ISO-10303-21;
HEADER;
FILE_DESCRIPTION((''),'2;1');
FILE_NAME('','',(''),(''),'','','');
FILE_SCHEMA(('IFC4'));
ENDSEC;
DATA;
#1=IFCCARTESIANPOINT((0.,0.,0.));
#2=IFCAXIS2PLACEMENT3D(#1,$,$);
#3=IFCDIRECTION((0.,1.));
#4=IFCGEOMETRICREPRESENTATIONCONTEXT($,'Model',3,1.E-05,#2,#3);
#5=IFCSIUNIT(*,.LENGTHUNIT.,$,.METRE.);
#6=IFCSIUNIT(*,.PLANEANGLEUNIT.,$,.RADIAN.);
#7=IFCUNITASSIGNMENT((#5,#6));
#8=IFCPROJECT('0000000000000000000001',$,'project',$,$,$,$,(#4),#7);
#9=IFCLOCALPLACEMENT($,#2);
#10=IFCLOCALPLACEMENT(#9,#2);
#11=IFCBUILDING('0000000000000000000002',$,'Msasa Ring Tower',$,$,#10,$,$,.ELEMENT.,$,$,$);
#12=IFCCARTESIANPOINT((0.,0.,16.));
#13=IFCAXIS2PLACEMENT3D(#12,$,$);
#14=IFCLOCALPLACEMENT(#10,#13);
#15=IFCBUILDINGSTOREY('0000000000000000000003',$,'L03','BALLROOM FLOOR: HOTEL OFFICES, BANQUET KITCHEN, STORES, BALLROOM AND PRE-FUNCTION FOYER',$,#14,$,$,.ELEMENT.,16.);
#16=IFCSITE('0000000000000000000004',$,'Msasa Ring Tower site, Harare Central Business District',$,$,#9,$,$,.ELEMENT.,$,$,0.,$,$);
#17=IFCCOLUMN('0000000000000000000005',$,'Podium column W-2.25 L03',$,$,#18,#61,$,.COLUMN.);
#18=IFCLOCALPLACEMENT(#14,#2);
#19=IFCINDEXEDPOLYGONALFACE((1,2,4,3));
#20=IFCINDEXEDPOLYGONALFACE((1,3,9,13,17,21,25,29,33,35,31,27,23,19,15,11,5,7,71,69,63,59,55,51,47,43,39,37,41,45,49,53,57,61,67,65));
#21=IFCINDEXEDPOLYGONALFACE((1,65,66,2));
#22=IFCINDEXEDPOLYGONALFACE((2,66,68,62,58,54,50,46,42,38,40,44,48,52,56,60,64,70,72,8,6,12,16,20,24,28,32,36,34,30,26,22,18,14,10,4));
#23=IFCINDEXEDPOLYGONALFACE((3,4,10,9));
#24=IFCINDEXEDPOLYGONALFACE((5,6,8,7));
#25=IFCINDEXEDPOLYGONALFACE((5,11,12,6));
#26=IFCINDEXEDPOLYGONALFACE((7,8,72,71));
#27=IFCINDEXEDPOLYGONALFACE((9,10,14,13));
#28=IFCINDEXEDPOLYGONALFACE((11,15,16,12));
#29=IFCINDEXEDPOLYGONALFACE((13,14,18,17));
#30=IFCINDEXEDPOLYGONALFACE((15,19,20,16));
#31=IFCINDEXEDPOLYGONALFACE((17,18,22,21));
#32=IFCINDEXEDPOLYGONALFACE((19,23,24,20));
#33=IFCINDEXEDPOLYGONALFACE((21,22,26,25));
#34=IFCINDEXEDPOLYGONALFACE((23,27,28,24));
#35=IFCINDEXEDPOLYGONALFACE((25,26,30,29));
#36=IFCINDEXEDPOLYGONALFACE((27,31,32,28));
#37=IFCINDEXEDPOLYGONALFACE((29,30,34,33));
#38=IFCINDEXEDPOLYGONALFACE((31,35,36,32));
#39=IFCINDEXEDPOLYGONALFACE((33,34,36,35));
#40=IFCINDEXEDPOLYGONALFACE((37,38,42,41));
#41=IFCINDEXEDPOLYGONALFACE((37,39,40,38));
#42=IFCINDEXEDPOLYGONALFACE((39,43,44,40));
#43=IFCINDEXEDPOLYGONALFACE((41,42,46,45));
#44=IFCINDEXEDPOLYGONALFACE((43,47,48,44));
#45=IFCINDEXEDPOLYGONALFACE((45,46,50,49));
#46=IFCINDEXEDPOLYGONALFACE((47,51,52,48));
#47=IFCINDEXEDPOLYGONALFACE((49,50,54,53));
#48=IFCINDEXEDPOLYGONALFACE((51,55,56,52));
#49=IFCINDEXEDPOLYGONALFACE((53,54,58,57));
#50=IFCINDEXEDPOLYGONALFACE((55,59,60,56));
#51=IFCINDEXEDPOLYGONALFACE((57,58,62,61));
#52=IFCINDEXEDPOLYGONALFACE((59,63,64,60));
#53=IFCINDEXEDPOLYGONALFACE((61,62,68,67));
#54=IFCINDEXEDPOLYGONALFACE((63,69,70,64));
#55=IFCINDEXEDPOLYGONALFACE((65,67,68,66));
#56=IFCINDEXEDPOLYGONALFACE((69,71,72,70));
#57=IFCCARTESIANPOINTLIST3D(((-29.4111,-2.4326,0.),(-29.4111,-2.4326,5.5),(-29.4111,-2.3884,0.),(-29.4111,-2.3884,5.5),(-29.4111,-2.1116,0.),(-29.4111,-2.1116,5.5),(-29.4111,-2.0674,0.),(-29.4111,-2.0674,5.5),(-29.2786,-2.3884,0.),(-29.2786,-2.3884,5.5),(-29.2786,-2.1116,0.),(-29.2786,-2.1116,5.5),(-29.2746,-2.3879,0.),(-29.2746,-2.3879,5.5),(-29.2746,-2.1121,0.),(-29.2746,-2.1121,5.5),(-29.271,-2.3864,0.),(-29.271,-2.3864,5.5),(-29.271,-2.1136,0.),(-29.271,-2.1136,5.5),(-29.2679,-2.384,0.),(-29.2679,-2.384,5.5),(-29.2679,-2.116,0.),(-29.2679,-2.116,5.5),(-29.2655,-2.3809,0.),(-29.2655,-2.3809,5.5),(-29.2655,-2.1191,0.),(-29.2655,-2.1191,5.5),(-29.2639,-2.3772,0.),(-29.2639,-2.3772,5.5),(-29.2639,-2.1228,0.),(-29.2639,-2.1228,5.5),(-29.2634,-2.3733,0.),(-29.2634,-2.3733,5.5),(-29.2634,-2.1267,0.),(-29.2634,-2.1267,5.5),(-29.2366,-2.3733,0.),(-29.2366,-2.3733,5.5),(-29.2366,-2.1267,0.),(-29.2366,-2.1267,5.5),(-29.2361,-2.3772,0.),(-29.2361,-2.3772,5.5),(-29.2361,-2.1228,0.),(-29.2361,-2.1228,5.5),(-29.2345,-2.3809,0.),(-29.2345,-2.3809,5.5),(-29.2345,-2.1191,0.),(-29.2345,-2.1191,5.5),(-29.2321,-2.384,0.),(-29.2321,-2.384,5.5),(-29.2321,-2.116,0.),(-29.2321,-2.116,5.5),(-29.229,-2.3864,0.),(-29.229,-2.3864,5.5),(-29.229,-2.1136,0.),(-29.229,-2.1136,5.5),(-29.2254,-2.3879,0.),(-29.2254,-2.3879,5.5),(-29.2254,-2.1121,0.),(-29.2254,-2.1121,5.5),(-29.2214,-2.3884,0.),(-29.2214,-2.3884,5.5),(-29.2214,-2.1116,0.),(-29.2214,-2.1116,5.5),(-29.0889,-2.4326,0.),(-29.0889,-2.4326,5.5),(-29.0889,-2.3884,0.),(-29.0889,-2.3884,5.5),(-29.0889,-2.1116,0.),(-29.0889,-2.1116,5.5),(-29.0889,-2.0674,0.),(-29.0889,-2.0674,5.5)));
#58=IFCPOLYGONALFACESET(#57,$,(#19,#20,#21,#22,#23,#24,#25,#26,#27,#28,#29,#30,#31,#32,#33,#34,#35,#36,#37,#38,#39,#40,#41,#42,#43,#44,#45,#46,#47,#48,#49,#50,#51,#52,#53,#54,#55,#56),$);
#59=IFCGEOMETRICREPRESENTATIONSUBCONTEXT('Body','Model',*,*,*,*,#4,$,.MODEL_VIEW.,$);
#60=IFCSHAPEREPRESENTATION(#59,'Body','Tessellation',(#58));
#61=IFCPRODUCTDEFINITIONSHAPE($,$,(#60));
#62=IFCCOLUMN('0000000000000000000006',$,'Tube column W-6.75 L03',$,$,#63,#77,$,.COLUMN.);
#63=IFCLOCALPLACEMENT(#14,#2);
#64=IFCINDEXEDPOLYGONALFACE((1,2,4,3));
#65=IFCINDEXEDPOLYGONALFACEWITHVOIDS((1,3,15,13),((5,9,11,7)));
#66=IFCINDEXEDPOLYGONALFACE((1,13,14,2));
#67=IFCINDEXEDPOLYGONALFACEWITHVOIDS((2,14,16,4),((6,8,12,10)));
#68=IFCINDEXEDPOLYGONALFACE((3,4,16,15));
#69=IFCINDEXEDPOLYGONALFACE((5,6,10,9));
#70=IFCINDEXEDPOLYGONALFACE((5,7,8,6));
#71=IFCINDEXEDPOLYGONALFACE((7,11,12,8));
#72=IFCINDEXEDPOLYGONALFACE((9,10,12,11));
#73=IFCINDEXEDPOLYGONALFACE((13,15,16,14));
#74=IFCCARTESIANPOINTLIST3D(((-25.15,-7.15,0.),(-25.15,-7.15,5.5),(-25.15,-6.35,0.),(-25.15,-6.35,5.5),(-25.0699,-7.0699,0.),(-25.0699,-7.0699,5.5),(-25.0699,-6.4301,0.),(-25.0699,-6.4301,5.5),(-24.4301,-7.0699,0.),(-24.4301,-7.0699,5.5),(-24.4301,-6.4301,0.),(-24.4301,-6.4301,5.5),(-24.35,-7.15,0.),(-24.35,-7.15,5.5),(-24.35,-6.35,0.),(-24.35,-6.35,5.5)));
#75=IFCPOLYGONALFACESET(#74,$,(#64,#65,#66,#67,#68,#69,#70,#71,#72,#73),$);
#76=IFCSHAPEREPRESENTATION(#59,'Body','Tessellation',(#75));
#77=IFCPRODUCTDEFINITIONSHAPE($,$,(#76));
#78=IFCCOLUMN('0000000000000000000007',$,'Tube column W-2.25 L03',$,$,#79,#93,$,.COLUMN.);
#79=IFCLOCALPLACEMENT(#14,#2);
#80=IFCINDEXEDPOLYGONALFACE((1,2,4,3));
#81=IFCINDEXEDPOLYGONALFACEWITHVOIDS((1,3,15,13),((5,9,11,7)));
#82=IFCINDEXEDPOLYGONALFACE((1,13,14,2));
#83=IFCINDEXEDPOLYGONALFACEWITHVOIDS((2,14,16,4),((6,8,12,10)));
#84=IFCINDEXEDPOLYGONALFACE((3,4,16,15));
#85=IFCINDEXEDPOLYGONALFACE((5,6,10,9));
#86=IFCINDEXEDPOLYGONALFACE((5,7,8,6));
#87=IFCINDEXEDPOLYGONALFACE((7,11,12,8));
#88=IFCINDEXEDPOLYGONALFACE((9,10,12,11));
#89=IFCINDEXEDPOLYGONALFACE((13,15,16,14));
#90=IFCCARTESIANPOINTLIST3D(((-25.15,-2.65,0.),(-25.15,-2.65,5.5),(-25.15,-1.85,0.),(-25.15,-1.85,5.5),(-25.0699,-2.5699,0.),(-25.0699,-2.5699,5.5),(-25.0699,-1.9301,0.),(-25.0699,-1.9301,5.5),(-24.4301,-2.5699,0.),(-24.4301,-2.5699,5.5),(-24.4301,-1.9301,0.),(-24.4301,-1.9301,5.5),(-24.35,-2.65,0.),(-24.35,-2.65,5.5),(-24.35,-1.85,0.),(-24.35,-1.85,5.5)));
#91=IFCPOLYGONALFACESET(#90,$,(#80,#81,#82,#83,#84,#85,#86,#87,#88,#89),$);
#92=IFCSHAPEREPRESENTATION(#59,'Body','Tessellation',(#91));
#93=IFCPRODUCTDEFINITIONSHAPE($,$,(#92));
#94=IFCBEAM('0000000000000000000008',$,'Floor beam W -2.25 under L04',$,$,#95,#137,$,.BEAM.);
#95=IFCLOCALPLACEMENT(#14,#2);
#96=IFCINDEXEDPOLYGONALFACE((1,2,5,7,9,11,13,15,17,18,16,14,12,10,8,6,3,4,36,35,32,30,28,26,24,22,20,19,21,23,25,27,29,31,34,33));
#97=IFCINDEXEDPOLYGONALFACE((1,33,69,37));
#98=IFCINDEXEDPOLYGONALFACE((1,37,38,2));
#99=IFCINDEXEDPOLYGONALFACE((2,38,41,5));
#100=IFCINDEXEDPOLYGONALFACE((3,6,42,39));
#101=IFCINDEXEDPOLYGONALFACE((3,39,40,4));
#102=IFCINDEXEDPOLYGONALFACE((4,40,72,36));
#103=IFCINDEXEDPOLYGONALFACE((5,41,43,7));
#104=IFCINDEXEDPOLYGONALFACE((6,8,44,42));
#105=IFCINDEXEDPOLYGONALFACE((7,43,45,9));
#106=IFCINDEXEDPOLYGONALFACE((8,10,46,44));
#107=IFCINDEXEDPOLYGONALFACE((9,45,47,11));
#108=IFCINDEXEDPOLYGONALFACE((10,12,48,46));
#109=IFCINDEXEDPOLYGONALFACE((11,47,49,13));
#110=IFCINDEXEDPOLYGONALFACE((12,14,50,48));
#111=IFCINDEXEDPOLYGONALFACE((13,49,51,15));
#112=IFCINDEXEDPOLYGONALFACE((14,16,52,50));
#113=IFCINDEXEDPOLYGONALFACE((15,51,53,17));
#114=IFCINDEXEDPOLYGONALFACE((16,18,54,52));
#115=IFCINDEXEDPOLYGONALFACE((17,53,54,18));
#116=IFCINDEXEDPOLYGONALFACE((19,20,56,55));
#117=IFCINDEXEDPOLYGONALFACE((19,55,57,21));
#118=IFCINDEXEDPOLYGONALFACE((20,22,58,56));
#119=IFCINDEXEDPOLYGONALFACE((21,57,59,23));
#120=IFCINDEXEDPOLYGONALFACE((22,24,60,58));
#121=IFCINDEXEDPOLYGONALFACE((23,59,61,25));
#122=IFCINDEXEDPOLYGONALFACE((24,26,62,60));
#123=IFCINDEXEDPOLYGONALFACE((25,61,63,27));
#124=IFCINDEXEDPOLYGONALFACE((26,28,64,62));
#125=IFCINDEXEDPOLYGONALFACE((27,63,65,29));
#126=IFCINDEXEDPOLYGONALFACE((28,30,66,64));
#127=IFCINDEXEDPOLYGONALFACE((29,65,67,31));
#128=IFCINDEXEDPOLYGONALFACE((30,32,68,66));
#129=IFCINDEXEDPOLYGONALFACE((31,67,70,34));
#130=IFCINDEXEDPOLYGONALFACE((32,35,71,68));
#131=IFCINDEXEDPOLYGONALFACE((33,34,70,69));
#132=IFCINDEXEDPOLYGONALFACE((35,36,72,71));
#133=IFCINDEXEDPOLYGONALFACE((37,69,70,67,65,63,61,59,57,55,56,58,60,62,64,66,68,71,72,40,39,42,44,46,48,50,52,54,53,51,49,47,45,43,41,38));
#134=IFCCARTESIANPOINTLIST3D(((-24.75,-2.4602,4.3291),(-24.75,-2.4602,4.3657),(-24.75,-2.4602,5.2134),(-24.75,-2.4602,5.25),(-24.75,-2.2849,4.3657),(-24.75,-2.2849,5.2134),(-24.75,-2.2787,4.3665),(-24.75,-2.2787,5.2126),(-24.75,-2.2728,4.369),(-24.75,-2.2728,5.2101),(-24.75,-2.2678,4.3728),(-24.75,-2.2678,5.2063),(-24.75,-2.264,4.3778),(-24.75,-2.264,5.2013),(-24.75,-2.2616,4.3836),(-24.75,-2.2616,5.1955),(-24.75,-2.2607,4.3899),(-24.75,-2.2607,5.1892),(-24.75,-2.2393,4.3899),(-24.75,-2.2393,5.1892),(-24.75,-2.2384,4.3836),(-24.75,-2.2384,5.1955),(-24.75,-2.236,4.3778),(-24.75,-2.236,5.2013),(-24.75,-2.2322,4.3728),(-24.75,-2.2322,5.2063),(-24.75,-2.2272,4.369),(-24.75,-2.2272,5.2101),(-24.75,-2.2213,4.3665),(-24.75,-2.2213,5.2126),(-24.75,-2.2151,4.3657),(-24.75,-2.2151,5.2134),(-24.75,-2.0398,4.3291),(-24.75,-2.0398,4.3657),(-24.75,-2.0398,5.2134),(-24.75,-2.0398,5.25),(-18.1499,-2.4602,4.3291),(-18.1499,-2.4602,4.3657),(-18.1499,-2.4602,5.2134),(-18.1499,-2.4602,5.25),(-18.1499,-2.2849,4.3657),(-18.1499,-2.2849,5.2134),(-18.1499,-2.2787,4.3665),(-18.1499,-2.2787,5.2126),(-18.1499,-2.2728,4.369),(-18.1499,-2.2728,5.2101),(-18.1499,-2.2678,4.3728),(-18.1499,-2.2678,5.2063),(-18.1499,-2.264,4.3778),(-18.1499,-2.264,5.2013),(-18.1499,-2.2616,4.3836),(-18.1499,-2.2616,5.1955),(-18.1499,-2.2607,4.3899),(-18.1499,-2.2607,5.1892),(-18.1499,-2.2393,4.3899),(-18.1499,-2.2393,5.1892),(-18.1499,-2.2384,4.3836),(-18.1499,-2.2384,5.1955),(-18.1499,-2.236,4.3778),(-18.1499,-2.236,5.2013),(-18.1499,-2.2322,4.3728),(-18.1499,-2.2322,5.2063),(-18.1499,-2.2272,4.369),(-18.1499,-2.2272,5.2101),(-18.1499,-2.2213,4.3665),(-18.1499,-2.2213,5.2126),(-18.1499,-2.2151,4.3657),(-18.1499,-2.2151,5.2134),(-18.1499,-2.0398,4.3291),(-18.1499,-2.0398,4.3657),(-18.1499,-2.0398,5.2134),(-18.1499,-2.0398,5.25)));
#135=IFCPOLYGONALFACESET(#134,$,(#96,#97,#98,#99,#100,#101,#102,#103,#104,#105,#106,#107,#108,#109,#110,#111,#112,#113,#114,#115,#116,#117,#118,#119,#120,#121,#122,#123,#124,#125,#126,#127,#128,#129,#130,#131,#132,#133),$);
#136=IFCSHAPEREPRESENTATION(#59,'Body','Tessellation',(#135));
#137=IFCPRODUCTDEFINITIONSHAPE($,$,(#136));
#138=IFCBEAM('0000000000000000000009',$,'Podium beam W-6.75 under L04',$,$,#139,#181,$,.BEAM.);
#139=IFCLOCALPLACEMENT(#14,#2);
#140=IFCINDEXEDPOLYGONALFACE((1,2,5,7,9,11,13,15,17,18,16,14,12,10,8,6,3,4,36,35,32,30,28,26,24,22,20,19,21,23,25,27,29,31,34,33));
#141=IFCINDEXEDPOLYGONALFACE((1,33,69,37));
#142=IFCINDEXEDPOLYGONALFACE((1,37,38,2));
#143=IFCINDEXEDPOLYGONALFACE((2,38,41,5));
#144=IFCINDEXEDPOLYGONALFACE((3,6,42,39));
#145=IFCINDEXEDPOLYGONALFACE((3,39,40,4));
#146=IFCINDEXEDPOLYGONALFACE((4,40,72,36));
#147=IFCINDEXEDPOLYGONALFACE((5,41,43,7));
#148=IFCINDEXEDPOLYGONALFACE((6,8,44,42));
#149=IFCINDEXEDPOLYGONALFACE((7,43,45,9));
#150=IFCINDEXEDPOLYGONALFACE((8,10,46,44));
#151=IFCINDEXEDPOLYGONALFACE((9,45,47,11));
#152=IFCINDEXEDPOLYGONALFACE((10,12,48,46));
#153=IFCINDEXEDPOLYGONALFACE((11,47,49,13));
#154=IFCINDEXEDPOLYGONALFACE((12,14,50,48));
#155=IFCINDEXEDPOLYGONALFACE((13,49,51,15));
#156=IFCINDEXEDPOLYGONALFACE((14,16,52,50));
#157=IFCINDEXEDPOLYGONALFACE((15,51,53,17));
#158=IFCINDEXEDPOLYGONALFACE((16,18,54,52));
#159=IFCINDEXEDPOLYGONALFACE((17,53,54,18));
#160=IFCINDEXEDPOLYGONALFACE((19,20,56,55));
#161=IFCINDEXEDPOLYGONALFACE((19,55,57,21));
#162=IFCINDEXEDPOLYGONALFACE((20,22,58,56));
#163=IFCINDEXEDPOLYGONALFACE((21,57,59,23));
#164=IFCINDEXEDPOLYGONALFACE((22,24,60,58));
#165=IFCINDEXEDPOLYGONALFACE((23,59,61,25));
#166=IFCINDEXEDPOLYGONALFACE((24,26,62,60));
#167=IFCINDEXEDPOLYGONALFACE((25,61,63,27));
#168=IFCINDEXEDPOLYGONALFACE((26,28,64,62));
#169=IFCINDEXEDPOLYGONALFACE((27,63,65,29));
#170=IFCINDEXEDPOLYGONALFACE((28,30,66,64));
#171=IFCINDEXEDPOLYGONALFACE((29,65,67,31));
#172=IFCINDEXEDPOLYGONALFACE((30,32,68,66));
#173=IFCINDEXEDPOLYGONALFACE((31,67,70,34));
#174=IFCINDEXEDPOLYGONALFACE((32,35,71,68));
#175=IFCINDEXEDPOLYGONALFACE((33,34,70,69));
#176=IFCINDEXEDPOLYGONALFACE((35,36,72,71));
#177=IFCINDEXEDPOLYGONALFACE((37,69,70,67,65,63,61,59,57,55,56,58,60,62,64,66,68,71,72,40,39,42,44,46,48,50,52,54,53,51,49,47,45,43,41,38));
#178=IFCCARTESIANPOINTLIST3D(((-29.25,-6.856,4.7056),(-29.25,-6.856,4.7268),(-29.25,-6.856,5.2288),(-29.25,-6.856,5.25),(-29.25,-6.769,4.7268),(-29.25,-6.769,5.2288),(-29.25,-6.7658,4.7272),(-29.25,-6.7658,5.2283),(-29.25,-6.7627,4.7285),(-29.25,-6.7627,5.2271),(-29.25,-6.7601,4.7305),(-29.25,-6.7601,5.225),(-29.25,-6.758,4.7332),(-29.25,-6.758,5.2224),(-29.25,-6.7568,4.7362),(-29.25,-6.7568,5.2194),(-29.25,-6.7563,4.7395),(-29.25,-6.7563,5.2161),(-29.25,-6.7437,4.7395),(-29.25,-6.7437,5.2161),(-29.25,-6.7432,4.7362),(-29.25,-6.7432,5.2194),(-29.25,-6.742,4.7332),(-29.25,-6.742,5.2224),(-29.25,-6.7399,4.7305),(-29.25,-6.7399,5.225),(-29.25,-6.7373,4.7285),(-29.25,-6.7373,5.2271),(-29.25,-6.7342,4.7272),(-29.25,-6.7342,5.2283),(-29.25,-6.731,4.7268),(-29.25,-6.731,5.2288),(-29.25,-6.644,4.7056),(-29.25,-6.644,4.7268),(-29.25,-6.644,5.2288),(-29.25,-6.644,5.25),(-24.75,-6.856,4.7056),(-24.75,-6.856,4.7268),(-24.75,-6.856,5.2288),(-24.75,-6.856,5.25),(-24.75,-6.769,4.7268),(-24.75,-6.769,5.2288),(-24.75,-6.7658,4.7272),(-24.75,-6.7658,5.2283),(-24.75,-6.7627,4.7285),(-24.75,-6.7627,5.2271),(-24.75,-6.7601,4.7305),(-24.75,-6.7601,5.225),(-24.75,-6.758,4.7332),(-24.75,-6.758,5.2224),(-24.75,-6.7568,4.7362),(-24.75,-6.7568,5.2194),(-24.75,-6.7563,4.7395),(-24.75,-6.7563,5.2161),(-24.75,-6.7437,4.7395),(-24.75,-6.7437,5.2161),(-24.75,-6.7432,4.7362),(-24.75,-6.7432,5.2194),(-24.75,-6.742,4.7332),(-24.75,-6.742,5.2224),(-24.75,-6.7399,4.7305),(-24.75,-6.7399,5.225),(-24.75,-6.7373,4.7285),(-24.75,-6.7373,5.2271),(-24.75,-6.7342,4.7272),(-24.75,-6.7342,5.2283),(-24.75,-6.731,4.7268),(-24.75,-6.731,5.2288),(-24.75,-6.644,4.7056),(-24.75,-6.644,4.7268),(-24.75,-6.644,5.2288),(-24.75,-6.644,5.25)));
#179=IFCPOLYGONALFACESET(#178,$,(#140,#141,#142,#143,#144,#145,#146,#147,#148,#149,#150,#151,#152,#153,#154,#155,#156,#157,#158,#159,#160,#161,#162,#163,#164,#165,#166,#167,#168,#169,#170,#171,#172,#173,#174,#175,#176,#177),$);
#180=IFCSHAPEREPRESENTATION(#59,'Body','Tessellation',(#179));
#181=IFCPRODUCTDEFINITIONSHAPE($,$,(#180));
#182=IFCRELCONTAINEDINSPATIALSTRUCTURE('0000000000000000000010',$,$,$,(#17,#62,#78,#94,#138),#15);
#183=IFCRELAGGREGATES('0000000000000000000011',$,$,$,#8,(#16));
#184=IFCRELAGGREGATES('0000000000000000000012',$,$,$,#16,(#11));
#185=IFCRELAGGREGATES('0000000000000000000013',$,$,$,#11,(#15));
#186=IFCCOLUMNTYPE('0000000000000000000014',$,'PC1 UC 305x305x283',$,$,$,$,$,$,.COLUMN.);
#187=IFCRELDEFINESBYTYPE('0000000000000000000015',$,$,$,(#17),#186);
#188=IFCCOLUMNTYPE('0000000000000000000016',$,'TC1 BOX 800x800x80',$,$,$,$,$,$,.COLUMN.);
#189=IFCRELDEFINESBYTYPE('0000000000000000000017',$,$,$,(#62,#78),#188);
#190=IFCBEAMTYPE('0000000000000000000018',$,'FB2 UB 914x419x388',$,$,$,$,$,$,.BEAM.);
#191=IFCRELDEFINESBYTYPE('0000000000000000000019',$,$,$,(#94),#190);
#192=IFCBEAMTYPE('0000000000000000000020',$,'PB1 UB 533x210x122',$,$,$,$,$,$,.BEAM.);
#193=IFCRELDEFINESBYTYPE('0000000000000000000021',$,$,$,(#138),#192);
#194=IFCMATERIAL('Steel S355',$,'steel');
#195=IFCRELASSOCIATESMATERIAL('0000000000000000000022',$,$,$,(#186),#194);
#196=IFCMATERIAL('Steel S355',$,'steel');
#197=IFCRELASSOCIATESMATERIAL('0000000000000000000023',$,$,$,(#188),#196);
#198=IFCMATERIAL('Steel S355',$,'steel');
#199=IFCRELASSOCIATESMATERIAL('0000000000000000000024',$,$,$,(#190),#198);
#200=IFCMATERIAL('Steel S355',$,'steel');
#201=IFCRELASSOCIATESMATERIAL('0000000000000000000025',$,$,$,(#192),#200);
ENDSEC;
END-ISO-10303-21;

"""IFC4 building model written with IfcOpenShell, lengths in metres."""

from ifc_helpers import new_model, si_unit, direction, frame, origin, origin_2d, place, context, subcontext, project, spatial, hollow_rectangle, i_section, extrude, material, material_profile, profile_set, type_object, element, save


model = new_model("IFC4")

# Units and contexts
model_context = context("Model", 3, precision=1e-05, world=origin(), true_north=direction((0.0, 1.0)))
body_context = subcontext(model_context, "Body", "Model", "MODEL_VIEW")
ifc_project = project(units=[si_unit("LENGTHUNIT", "METRE"), si_unit("PLANEANGLEUNIT", "RADIAN")], contexts=[model_context])

# Site, building, storey
site_placement = place(None, origin())
site = spatial("IfcSite", under=ifc_project, at=site_placement, Name="Msasa Ring Tower site, Harare Central Business District", CompositionType="ELEMENT", RefElevation=0.0)
building_placement = place(site_placement, origin())
building = spatial("IfcBuilding", under=site, at=building_placement, Name="Msasa Ring Tower", CompositionType="ELEMENT")
storey_placement = place(building_placement, frame((0.0, 0.0, 16.0)))
storey = spatial("IfcBuildingStorey", under=building, at=storey_placement, Name="L03", Description="BALLROOM FLOOR: HOTEL OFFICES, BANQUET KITCHEN, STORES, BALLROOM AND PRE-FUNCTION FOYER", CompositionType="ELEMENT", Elevation=16.0)

# Columns
ifc_material_1 = material(Name="Steel S355", Category="steel")
ifc_material_profile_1 = material_profile(ifc_material_1, i_section(OverallWidth=0.3223, OverallDepth=0.3652, WebThickness=0.0269, FlangeThickness=0.0442, FilletRadius=0.0151, at=origin_2d()), Name="UC 305x305x283")
ifc_profile_set_1 = profile_set([ifc_material_profile_1], Name="Steel S355")
column_type_1 = type_object("IfcColumnType", Name="PC1 UC 305x305x283", PredefinedType="COLUMN", material=ifc_profile_set_1)
column_placement = place(storey_placement, frame((-29.25, -2.25, 0.0), z_axis=(0.0, 0.0, 1.0), x_axis=(1.0, 0.0, 0.0)))
element("IfcColumn", 1, at=column_placement, inside=storey, type_object=column_type_1, Name="Podium column W-2.25 L03", PredefinedType="COLUMN", context=body_context, shape_type="SweptSolid", body=[
    extrude(i_section(OverallWidth=0.3223, OverallDepth=0.3652, WebThickness=0.0269, FlangeThickness=0.0442, FilletRadius=0.0151, at=origin_2d()), origin(), (0.0, 0.0, 1.0), 5.5),
])
ifc_material_2 = material(Name="Steel S355", Category="steel")
ifc_material_profile_2 = material_profile(ifc_material_2, hollow_rectangle(XDim=0.8, YDim=0.8, WallThickness=0.0801, at=origin_2d()), Name="BOX 800x800x80")
ifc_profile_set_2 = profile_set([ifc_material_profile_2], Name="Steel S355")
column_type_2 = type_object("IfcColumnType", Name="TC1 BOX 800x800x80", PredefinedType="COLUMN", material=ifc_profile_set_2)
for number, where, z_axis, x_axis, name in (
    (2, (-24.75, -6.75, 0.0), (0.0, 0.0, 1.0), (1.0, 0.0, 0.0), "Tube column W-6.75 L03"),
    (3, (-24.75, -2.25, 0.0), (0.0, 0.0, 1.0), (1.0, 0.0, 0.0), "Tube column W-2.25 L03"),
):
    element("IfcColumn", number, at=place(storey_placement, frame(where, z_axis=z_axis, x_axis=x_axis)), inside=storey, type_object=column_type_2, Name=name, PredefinedType="COLUMN", context=body_context, shape_type="SweptSolid", body=[
        extrude(hollow_rectangle(XDim=0.8, YDim=0.8, WallThickness=0.0801, at=origin_2d()), origin(), (0.0, 0.0, 1.0), 5.5),
    ])

# Beams
ifc_material_3 = material(Name="Steel S355", Category="steel")
ifc_material_profile_3 = material_profile(ifc_material_3, i_section(OverallWidth=0.4204, OverallDepth=0.9209, WebThickness=0.0215, FlangeThickness=0.0366, FilletRadius=0.0242, at=origin_2d()), Name="UB 914x419x388")
ifc_profile_set_3 = profile_set([ifc_material_profile_3], Name="Steel S355")
beam_type_1 = type_object("IfcBeamType", Name="FB2 UB 914x419x388", PredefinedType="BEAM", material=ifc_profile_set_3)
beam_1_placement = place(storey_placement, frame((-24.75, -2.25, 4.7896), z_axis=(1.0, 0.0, 0.0), x_axis=(0.0, 1.0, 0.0)))
element("IfcBeam", 4, at=beam_1_placement, inside=storey, type_object=beam_type_1, Name="Floor beam W -2.25 under L04", PredefinedType="BEAM", context=body_context, shape_type="SweptSolid", body=[
    extrude(i_section(OverallWidth=0.4204, OverallDepth=0.9209, WebThickness=0.0215, FlangeThickness=0.0366, FilletRadius=0.0242, at=origin_2d()), origin(), (0.0, 0.0, 1.0), 6.6001),
])
ifc_material_4 = material(Name="Steel S355", Category="steel")
ifc_material_profile_4 = material_profile(ifc_material_4, i_section(OverallWidth=0.2119, OverallDepth=0.5444, WebThickness=0.0127, FlangeThickness=0.0212, FilletRadius=0.0127, at=origin_2d()), Name="UB 533x210x122")
ifc_profile_set_4 = profile_set([ifc_material_profile_4], Name="Steel S355")
beam_type_2 = type_object("IfcBeamType", Name="PB1 UB 533x210x122", PredefinedType="BEAM", material=ifc_profile_set_4)
for number, where, z_axis, x_axis, name in (
    (5, (-29.25, -6.75, 4.9778), (1.0, 0.0, 0.0), (0.0, 1.0, 0.0), "Podium beam W-6.75 under L04"),
):
    element("IfcBeam", number, at=place(storey_placement, frame(where, z_axis=z_axis, x_axis=x_axis)), inside=storey, type_object=beam_type_2, Name=name, PredefinedType="BEAM", context=body_context, shape_type="SweptSolid", body=[
        extrude(i_section(OverallWidth=0.2119, OverallDepth=0.5444, WebThickness=0.0127, FlangeThickness=0.0212, FilletRadius=0.0127, at=origin_2d()), origin(), (0.0, 0.0, 1.0), 4.5),
    ])

save(model, "model.ifc")
